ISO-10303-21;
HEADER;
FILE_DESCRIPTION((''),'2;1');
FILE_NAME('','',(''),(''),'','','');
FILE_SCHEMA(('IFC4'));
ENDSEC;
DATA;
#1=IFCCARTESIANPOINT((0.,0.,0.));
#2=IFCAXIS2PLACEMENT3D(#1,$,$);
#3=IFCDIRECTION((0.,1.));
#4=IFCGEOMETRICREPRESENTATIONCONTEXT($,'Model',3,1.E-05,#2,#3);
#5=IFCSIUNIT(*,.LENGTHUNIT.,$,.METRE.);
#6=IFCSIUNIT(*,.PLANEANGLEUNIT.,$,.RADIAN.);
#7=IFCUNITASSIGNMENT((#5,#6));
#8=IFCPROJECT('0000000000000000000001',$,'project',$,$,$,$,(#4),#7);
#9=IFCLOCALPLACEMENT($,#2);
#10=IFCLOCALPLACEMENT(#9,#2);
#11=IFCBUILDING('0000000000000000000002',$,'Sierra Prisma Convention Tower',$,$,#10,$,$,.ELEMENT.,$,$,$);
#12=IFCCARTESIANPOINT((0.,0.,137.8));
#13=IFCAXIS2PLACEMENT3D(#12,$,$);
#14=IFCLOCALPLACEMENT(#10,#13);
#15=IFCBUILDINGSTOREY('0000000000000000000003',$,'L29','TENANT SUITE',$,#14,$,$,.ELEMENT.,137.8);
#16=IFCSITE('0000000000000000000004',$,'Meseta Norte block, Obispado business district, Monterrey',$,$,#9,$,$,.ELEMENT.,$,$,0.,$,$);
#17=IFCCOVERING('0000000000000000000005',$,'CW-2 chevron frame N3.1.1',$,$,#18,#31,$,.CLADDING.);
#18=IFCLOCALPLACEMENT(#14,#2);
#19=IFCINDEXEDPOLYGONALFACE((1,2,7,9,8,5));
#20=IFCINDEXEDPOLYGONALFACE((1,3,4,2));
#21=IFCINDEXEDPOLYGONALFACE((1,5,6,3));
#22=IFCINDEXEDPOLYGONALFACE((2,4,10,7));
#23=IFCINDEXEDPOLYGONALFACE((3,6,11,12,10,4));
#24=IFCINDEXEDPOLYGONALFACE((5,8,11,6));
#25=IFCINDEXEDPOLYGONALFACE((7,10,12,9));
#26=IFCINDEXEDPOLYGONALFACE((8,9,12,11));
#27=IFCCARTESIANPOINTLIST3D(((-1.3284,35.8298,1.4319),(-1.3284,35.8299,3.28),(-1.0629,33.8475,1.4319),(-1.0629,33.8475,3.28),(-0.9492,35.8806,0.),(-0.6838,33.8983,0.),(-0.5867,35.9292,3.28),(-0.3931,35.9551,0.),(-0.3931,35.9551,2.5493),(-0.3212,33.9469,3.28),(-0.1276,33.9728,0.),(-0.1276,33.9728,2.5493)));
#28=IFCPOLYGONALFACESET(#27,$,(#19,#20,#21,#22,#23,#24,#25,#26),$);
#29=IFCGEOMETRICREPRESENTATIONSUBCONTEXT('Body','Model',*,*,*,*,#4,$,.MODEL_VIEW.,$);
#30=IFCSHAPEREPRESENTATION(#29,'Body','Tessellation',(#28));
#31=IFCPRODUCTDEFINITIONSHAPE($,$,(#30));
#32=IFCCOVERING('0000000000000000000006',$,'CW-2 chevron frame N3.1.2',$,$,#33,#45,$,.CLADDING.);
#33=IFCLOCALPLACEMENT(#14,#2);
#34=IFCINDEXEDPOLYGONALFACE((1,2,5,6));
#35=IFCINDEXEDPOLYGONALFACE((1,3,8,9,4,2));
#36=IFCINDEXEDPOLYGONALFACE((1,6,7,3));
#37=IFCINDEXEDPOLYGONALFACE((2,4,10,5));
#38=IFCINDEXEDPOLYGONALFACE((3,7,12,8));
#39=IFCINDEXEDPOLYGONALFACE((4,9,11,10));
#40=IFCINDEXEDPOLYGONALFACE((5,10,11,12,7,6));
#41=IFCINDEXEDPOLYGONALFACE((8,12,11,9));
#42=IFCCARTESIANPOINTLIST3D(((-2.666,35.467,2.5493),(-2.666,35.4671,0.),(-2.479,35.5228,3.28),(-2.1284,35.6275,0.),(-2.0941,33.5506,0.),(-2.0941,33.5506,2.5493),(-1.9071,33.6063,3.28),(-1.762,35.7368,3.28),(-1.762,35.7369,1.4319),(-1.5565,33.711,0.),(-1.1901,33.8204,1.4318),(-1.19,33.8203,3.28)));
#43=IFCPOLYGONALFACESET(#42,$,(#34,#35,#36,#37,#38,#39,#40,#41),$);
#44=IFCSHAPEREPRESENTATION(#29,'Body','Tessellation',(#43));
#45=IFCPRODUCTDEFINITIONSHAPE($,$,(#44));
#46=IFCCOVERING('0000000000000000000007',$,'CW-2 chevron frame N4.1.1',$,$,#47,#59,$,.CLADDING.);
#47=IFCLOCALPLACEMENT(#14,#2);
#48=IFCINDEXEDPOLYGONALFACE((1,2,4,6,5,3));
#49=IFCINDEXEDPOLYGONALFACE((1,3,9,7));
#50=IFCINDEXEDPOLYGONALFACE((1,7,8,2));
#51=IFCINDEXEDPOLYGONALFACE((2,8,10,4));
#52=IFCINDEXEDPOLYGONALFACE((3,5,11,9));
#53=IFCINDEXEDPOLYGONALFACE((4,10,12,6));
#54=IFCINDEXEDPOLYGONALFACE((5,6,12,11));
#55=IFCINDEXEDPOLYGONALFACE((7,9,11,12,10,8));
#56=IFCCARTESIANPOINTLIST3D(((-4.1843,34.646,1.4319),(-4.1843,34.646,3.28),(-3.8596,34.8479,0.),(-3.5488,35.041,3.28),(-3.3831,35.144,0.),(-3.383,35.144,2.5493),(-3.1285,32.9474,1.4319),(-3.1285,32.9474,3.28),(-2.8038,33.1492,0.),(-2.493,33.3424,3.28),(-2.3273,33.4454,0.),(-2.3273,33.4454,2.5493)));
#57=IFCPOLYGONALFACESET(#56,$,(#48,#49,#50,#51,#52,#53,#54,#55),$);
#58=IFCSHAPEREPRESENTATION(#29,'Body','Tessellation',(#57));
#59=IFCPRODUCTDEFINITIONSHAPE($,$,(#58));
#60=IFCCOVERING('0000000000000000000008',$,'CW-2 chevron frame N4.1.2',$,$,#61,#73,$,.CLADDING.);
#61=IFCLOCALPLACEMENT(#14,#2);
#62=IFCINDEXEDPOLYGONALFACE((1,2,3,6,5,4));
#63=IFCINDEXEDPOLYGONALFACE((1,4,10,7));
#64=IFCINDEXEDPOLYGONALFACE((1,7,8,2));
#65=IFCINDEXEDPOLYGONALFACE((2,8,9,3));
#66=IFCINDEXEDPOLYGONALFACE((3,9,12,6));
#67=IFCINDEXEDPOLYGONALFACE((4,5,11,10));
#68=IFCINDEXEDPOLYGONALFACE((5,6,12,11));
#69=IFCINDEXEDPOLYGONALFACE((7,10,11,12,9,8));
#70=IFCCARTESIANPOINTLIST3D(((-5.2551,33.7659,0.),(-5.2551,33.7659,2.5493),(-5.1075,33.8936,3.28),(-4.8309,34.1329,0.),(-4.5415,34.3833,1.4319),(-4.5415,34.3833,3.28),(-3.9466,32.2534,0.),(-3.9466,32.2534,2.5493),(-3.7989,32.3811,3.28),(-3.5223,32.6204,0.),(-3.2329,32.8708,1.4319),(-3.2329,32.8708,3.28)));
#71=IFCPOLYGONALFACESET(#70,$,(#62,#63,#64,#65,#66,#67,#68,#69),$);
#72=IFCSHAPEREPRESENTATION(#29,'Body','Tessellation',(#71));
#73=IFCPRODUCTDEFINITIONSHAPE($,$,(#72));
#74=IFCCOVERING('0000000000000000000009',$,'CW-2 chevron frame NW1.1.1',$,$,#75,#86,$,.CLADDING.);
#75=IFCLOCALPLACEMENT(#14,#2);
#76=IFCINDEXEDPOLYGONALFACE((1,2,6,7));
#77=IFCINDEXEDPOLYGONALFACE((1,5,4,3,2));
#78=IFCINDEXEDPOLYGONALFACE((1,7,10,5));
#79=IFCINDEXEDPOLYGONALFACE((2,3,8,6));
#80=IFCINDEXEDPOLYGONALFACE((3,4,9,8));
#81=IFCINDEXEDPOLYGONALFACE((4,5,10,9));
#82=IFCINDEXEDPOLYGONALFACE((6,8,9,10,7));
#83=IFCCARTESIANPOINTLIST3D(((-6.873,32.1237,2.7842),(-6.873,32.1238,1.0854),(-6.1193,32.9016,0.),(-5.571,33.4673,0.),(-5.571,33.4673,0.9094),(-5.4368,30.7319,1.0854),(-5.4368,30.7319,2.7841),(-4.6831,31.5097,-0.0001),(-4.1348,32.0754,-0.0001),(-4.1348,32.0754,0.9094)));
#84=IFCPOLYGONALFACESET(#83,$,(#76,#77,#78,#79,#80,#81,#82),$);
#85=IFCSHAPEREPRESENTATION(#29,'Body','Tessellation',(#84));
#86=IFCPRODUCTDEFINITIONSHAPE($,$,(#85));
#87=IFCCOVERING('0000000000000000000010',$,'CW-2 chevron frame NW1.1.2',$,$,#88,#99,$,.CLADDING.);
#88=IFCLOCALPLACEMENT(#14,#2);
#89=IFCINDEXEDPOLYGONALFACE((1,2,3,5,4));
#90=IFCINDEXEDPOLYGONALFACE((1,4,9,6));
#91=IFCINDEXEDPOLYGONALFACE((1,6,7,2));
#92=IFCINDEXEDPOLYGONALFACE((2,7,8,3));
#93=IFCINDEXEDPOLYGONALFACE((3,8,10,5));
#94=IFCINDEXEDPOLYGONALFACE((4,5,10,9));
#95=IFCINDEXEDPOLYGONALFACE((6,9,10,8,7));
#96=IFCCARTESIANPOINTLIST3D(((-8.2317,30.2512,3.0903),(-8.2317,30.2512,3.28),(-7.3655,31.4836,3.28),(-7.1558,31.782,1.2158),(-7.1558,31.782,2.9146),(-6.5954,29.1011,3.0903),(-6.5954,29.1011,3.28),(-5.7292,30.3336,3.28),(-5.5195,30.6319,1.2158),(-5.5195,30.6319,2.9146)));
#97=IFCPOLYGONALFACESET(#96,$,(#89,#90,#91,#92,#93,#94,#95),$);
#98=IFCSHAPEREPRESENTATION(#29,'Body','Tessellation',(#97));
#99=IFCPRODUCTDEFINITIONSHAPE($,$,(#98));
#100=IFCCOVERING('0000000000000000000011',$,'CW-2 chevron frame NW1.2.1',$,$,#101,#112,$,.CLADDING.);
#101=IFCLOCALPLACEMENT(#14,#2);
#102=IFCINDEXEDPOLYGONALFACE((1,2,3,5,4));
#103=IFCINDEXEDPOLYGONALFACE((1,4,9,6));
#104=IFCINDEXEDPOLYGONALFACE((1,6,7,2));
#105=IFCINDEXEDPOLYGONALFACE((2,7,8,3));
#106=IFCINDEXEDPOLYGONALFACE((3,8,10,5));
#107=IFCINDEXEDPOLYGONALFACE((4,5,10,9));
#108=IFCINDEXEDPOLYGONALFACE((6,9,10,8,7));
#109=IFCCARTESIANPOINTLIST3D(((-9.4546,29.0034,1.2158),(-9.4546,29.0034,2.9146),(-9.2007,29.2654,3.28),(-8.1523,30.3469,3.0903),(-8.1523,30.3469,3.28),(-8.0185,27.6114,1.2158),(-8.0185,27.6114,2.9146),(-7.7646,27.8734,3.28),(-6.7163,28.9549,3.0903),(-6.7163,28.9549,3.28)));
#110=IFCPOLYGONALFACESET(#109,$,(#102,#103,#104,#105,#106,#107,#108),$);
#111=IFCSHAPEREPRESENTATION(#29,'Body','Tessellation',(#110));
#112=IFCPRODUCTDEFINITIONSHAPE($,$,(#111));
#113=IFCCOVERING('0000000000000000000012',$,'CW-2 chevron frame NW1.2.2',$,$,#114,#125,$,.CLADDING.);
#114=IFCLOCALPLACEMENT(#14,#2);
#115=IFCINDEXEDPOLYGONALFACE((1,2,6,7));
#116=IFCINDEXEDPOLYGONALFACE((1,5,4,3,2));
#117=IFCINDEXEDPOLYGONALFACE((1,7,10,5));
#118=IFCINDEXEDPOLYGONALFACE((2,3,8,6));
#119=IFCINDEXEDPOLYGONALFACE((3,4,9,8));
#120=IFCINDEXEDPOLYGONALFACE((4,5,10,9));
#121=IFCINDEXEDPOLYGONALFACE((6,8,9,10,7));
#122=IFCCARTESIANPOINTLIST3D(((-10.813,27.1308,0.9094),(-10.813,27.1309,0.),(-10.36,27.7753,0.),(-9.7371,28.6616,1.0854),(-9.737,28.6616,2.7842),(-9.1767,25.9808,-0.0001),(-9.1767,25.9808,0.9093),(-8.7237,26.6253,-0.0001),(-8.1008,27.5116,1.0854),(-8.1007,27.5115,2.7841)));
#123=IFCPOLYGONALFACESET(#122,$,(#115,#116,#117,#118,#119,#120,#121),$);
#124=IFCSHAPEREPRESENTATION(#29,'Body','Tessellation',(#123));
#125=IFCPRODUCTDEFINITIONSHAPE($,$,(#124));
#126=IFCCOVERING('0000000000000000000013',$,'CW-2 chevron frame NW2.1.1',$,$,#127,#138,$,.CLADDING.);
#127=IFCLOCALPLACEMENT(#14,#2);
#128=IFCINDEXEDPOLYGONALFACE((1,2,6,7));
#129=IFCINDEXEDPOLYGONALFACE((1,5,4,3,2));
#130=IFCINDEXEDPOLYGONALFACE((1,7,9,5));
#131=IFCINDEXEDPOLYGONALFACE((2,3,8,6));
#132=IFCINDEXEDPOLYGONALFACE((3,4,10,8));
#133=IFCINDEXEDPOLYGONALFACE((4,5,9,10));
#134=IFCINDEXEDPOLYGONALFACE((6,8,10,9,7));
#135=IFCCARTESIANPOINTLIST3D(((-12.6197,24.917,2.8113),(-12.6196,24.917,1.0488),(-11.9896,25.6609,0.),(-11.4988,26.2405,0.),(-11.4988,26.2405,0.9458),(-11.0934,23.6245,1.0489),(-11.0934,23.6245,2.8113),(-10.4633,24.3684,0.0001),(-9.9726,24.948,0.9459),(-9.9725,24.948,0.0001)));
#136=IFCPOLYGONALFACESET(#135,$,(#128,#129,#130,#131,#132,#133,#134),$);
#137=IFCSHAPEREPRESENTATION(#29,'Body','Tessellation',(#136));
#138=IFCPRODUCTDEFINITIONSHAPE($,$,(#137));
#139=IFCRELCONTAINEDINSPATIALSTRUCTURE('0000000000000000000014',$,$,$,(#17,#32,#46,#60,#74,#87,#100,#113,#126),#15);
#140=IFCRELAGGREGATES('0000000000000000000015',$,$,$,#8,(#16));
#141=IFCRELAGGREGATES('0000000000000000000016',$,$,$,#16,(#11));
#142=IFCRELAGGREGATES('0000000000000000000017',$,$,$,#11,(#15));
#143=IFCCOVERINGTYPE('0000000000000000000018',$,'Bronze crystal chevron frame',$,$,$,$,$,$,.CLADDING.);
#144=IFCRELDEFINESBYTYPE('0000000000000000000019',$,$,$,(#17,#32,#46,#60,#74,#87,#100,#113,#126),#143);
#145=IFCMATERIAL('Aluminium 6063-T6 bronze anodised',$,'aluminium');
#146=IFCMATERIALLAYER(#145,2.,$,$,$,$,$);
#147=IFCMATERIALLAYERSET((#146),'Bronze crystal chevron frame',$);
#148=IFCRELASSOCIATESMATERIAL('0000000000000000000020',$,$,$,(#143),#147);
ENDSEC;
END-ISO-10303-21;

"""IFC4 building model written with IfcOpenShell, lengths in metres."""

from ifc_helpers import new_model, si_unit, direction, frame, origin, place, context, subcontext, project, spatial, polyline, outline, extrude, material, layer, layer_set, type_object, element, save


model = new_model("IFC4")

# Units and contexts
model_context = context("Model", 3, precision=1e-05, world=origin(), true_north=direction((0.0, 1.0)))
body_context = subcontext(model_context, "Body", "Model", "MODEL_VIEW")
ifc_project = project(units=[si_unit("LENGTHUNIT", "METRE"), si_unit("PLANEANGLEUNIT", "RADIAN")], contexts=[model_context])

# Site, building, storey
site_placement = place(None, origin())
site = spatial("IfcSite", under=ifc_project, at=site_placement, Name="Meseta Norte block, Obispado business district, Monterrey", CompositionType="ELEMENT", RefElevation=0.0)
building_placement = place(site_placement, origin())
building = spatial("IfcBuilding", under=site, at=building_placement, Name="Sierra Prisma Convention Tower", CompositionType="ELEMENT")
storey_placement = place(building_placement, frame((0.0, 0.0, 137.8)))
storey = spatial("IfcBuildingStorey", under=building, at=storey_placement, Name="L29", Description="TENANT SUITE", CompositionType="ELEMENT", Elevation=137.8)

# Coverings
ifc_material_1 = material(Name="Aluminium 6063-T6 bronze anodised", Category="aluminium")
ifc_layer_1 = layer(ifc_material_1, 2.0)
ifc_layer_set_1 = layer_set([ifc_layer_1], Name="Bronze crystal chevron frame")
covering_type = type_object("IfcCoveringType", Name="Bronze crystal chevron frame", PredefinedType="CLADDING", material=ifc_layer_set_1)
covering_1_placement = place(storey_placement, frame((-0.3931, 35.9551, 0.0), z_axis=(-0.132726, 0.991153, -0.000006), x_axis=(-0.991153, -0.132726, 0.0)))
element("IfcCovering", 1, at=covering_1_placement, inside=storey, type_object=covering_type, Name="CW-2 chevron frame N3.1.1", PredefinedType="CLADDING", context=body_context, shape_type="SweptSolid", body=[
    extrude(outline(polyline([(0.0, 0.0), (0.5611, 0.0), (0.9437, 1.4319), (0.9437, 3.28), (0.1953, 3.28), (0.0, 2.5493), (0.0, 0.0)])), origin(), (0.0, 0.0, -1.0), 2.0),
])
covering_2_placement = place(storey_placement, frame((-1.762, 35.7368, 3.28), z_axis=(-0.285959, 0.958242, 0.00002), x_axis=(-0.000006, 0.000019, -1.0)))
element("IfcCovering", 2, at=covering_2_placement, inside=storey, type_object=covering_type, Name="CW-2 chevron frame N3.1.2", PredefinedType="CLADDING", context=body_context, shape_type="SweptSolid", body=[
    extrude(outline(polyline([(0.0, 0.0), (1.8481, 0.0), (3.28, 0.3824), (3.28, 0.9434), (0.7307, 0.9434), (0.0, 0.7483), (0.0, 0.0)])), origin(), (0.0, 0.0, -1.0), 2.0),
])
covering_3_placement = place(storey_placement, frame((-3.3831, 35.144, 0.0), z_axis=(-0.527891, 0.849312, 0.000009), x_axis=(-0.849312, -0.527891, 0.0)))
element("IfcCovering", 3, at=covering_3_placement, inside=storey, type_object=covering_type, Name="CW-2 chevron frame N4.1.1", PredefinedType="CLADDING", context=body_context, shape_type="SweptSolid", body=[
    extrude(outline(polyline([(0.0, 0.0), (0.5611, 0.0), (0.9434, 1.4319), (0.9434, 3.28), (0.1952, 3.28), (0.0, 2.5493), (0.0, 0.0)])), origin(), (0.0, 0.0, -1.0), 2.0),
])
covering_4_placement = place(storey_placement, frame((-4.5415, 34.3833, 3.28), z_axis=(-0.654282, 0.756251, -0.000009), x_axis=(0.000006, -0.000007, -1.0)))
element("IfcCovering", 4, at=covering_4_placement, inside=storey, type_object=covering_type, Name="CW-2 chevron frame N4.1.2", PredefinedType="CLADDING", context=body_context, shape_type="SweptSolid", body=[
    extrude(outline(polyline([(0.0, 0.0), (1.8481, 0.0), (3.28, 0.3827), (3.28, 0.9437), (0.7307, 0.9437), (0.0, 0.7484), (0.0, 0.0)])), origin(), (0.0, 0.0, -1.0), 2.0),
])
covering_5_placement = place(storey_placement, frame((-5.571, 33.4673, 0.0), z_axis=(-0.718098, 0.695941, 0.000033), x_axis=(-0.695941, -0.718098, 0.0)))
element("IfcCovering", 5, at=covering_5_placement, inside=storey, type_object=covering_type, Name="CW-2 chevron frame NW1.1.1", PredefinedType="CLADDING", context=body_context, shape_type="SweptSolid", body=[
    extrude(outline(polyline([(0.0, 0.0), (0.7878, 0.0), (1.8709, 1.0854), (1.8709, 2.7842), (0.0, 0.9094), (0.0, 0.0)])), origin(), (0.0, 0.0, -1.0), 2.0),
])
covering_6_placement = place(storey_placement, frame((-7.1558, 31.782, 2.9146), z_axis=(-0.818128, 0.575036, -0.000008), x_axis=(0.000007, -0.000005, -1.0)))
element("IfcCovering", 6, at=covering_6_placement, inside=storey, type_object=covering_type, Name="CW-2 chevron frame NW1.1.2", PredefinedType="CLADDING", context=body_context, shape_type="SweptSolid", body=[
    extrude(outline(polyline([(0.0, 0.0), (1.6987, 0.0), (-0.1758, 1.8711), (-0.3655, 1.8711), (-0.3655, 0.3647), (0.0, 0.0)])), origin(), (0.0, 0.0, -1.0), 2.0),
])
covering_7_placement = place(storey_placement, frame((-8.1523, 30.3469, 3.28), z_axis=(-0.718046, 0.695996, -0.000004), x_axis=(0.000003, -0.000003, -1.0)))
element("IfcCovering", 7, at=covering_7_placement, inside=storey, type_object=covering_type, Name="CW-2 chevron frame NW1.2.1", PredefinedType="CLADDING", context=body_context, shape_type="SweptSolid", body=[
    extrude(outline(polyline([(0.0, 0.0), (0.1897, 0.0), (2.0642, 1.8711), (0.3655, 1.8711), (0.0, 1.5062), (0.0, 0.0)])), origin(), (0.0, 0.0, -1.0), 2.0),
])
covering_8_placement = place(storey_placement, frame((-10.813, 27.1309, 0.0), z_axis=(-0.81814, 0.57502, 0.000038), x_axis=(0.000031, -0.000022, 1.0)))
element("IfcCovering", 8, at=covering_8_placement, inside=storey, type_object=covering_type, Name="CW-2 chevron frame NW1.2.2", PredefinedType="CLADDING", context=body_context, shape_type="SweptSolid", body=[
    extrude(outline(polyline([(0.0, 0.0), (0.9094, 0.0), (2.7842, 1.8711), (1.0854, 1.8711), (0.0, 0.7877), (0.0, 0.0)])), origin(), (0.0, 0.0, -1.0), 2.0),
])
covering_9_placement = place(storey_placement, frame((-11.4988, 26.2405, 0.0), z_axis=(-0.763121, 0.646256, -0.000031), x_axis=(-0.646256, -0.763121, 0.0)))
element("IfcCovering", 9, at=covering_9_placement, inside=storey, type_object=covering_type, Name="CW-2 chevron frame NW2.1.1", PredefinedType="CLADDING", context=body_context, shape_type="SweptSolid", body=[
    extrude(outline(polyline([(0.0, 0.0), (0.7594, 0.0), (1.7343, 1.0488), (1.7343, 2.8113), (0.0, 0.9458), (0.0, 0.0)])), origin(), (0.0, 0.0, -1.0), 2.0),
])

save(model, "model.ifc")
